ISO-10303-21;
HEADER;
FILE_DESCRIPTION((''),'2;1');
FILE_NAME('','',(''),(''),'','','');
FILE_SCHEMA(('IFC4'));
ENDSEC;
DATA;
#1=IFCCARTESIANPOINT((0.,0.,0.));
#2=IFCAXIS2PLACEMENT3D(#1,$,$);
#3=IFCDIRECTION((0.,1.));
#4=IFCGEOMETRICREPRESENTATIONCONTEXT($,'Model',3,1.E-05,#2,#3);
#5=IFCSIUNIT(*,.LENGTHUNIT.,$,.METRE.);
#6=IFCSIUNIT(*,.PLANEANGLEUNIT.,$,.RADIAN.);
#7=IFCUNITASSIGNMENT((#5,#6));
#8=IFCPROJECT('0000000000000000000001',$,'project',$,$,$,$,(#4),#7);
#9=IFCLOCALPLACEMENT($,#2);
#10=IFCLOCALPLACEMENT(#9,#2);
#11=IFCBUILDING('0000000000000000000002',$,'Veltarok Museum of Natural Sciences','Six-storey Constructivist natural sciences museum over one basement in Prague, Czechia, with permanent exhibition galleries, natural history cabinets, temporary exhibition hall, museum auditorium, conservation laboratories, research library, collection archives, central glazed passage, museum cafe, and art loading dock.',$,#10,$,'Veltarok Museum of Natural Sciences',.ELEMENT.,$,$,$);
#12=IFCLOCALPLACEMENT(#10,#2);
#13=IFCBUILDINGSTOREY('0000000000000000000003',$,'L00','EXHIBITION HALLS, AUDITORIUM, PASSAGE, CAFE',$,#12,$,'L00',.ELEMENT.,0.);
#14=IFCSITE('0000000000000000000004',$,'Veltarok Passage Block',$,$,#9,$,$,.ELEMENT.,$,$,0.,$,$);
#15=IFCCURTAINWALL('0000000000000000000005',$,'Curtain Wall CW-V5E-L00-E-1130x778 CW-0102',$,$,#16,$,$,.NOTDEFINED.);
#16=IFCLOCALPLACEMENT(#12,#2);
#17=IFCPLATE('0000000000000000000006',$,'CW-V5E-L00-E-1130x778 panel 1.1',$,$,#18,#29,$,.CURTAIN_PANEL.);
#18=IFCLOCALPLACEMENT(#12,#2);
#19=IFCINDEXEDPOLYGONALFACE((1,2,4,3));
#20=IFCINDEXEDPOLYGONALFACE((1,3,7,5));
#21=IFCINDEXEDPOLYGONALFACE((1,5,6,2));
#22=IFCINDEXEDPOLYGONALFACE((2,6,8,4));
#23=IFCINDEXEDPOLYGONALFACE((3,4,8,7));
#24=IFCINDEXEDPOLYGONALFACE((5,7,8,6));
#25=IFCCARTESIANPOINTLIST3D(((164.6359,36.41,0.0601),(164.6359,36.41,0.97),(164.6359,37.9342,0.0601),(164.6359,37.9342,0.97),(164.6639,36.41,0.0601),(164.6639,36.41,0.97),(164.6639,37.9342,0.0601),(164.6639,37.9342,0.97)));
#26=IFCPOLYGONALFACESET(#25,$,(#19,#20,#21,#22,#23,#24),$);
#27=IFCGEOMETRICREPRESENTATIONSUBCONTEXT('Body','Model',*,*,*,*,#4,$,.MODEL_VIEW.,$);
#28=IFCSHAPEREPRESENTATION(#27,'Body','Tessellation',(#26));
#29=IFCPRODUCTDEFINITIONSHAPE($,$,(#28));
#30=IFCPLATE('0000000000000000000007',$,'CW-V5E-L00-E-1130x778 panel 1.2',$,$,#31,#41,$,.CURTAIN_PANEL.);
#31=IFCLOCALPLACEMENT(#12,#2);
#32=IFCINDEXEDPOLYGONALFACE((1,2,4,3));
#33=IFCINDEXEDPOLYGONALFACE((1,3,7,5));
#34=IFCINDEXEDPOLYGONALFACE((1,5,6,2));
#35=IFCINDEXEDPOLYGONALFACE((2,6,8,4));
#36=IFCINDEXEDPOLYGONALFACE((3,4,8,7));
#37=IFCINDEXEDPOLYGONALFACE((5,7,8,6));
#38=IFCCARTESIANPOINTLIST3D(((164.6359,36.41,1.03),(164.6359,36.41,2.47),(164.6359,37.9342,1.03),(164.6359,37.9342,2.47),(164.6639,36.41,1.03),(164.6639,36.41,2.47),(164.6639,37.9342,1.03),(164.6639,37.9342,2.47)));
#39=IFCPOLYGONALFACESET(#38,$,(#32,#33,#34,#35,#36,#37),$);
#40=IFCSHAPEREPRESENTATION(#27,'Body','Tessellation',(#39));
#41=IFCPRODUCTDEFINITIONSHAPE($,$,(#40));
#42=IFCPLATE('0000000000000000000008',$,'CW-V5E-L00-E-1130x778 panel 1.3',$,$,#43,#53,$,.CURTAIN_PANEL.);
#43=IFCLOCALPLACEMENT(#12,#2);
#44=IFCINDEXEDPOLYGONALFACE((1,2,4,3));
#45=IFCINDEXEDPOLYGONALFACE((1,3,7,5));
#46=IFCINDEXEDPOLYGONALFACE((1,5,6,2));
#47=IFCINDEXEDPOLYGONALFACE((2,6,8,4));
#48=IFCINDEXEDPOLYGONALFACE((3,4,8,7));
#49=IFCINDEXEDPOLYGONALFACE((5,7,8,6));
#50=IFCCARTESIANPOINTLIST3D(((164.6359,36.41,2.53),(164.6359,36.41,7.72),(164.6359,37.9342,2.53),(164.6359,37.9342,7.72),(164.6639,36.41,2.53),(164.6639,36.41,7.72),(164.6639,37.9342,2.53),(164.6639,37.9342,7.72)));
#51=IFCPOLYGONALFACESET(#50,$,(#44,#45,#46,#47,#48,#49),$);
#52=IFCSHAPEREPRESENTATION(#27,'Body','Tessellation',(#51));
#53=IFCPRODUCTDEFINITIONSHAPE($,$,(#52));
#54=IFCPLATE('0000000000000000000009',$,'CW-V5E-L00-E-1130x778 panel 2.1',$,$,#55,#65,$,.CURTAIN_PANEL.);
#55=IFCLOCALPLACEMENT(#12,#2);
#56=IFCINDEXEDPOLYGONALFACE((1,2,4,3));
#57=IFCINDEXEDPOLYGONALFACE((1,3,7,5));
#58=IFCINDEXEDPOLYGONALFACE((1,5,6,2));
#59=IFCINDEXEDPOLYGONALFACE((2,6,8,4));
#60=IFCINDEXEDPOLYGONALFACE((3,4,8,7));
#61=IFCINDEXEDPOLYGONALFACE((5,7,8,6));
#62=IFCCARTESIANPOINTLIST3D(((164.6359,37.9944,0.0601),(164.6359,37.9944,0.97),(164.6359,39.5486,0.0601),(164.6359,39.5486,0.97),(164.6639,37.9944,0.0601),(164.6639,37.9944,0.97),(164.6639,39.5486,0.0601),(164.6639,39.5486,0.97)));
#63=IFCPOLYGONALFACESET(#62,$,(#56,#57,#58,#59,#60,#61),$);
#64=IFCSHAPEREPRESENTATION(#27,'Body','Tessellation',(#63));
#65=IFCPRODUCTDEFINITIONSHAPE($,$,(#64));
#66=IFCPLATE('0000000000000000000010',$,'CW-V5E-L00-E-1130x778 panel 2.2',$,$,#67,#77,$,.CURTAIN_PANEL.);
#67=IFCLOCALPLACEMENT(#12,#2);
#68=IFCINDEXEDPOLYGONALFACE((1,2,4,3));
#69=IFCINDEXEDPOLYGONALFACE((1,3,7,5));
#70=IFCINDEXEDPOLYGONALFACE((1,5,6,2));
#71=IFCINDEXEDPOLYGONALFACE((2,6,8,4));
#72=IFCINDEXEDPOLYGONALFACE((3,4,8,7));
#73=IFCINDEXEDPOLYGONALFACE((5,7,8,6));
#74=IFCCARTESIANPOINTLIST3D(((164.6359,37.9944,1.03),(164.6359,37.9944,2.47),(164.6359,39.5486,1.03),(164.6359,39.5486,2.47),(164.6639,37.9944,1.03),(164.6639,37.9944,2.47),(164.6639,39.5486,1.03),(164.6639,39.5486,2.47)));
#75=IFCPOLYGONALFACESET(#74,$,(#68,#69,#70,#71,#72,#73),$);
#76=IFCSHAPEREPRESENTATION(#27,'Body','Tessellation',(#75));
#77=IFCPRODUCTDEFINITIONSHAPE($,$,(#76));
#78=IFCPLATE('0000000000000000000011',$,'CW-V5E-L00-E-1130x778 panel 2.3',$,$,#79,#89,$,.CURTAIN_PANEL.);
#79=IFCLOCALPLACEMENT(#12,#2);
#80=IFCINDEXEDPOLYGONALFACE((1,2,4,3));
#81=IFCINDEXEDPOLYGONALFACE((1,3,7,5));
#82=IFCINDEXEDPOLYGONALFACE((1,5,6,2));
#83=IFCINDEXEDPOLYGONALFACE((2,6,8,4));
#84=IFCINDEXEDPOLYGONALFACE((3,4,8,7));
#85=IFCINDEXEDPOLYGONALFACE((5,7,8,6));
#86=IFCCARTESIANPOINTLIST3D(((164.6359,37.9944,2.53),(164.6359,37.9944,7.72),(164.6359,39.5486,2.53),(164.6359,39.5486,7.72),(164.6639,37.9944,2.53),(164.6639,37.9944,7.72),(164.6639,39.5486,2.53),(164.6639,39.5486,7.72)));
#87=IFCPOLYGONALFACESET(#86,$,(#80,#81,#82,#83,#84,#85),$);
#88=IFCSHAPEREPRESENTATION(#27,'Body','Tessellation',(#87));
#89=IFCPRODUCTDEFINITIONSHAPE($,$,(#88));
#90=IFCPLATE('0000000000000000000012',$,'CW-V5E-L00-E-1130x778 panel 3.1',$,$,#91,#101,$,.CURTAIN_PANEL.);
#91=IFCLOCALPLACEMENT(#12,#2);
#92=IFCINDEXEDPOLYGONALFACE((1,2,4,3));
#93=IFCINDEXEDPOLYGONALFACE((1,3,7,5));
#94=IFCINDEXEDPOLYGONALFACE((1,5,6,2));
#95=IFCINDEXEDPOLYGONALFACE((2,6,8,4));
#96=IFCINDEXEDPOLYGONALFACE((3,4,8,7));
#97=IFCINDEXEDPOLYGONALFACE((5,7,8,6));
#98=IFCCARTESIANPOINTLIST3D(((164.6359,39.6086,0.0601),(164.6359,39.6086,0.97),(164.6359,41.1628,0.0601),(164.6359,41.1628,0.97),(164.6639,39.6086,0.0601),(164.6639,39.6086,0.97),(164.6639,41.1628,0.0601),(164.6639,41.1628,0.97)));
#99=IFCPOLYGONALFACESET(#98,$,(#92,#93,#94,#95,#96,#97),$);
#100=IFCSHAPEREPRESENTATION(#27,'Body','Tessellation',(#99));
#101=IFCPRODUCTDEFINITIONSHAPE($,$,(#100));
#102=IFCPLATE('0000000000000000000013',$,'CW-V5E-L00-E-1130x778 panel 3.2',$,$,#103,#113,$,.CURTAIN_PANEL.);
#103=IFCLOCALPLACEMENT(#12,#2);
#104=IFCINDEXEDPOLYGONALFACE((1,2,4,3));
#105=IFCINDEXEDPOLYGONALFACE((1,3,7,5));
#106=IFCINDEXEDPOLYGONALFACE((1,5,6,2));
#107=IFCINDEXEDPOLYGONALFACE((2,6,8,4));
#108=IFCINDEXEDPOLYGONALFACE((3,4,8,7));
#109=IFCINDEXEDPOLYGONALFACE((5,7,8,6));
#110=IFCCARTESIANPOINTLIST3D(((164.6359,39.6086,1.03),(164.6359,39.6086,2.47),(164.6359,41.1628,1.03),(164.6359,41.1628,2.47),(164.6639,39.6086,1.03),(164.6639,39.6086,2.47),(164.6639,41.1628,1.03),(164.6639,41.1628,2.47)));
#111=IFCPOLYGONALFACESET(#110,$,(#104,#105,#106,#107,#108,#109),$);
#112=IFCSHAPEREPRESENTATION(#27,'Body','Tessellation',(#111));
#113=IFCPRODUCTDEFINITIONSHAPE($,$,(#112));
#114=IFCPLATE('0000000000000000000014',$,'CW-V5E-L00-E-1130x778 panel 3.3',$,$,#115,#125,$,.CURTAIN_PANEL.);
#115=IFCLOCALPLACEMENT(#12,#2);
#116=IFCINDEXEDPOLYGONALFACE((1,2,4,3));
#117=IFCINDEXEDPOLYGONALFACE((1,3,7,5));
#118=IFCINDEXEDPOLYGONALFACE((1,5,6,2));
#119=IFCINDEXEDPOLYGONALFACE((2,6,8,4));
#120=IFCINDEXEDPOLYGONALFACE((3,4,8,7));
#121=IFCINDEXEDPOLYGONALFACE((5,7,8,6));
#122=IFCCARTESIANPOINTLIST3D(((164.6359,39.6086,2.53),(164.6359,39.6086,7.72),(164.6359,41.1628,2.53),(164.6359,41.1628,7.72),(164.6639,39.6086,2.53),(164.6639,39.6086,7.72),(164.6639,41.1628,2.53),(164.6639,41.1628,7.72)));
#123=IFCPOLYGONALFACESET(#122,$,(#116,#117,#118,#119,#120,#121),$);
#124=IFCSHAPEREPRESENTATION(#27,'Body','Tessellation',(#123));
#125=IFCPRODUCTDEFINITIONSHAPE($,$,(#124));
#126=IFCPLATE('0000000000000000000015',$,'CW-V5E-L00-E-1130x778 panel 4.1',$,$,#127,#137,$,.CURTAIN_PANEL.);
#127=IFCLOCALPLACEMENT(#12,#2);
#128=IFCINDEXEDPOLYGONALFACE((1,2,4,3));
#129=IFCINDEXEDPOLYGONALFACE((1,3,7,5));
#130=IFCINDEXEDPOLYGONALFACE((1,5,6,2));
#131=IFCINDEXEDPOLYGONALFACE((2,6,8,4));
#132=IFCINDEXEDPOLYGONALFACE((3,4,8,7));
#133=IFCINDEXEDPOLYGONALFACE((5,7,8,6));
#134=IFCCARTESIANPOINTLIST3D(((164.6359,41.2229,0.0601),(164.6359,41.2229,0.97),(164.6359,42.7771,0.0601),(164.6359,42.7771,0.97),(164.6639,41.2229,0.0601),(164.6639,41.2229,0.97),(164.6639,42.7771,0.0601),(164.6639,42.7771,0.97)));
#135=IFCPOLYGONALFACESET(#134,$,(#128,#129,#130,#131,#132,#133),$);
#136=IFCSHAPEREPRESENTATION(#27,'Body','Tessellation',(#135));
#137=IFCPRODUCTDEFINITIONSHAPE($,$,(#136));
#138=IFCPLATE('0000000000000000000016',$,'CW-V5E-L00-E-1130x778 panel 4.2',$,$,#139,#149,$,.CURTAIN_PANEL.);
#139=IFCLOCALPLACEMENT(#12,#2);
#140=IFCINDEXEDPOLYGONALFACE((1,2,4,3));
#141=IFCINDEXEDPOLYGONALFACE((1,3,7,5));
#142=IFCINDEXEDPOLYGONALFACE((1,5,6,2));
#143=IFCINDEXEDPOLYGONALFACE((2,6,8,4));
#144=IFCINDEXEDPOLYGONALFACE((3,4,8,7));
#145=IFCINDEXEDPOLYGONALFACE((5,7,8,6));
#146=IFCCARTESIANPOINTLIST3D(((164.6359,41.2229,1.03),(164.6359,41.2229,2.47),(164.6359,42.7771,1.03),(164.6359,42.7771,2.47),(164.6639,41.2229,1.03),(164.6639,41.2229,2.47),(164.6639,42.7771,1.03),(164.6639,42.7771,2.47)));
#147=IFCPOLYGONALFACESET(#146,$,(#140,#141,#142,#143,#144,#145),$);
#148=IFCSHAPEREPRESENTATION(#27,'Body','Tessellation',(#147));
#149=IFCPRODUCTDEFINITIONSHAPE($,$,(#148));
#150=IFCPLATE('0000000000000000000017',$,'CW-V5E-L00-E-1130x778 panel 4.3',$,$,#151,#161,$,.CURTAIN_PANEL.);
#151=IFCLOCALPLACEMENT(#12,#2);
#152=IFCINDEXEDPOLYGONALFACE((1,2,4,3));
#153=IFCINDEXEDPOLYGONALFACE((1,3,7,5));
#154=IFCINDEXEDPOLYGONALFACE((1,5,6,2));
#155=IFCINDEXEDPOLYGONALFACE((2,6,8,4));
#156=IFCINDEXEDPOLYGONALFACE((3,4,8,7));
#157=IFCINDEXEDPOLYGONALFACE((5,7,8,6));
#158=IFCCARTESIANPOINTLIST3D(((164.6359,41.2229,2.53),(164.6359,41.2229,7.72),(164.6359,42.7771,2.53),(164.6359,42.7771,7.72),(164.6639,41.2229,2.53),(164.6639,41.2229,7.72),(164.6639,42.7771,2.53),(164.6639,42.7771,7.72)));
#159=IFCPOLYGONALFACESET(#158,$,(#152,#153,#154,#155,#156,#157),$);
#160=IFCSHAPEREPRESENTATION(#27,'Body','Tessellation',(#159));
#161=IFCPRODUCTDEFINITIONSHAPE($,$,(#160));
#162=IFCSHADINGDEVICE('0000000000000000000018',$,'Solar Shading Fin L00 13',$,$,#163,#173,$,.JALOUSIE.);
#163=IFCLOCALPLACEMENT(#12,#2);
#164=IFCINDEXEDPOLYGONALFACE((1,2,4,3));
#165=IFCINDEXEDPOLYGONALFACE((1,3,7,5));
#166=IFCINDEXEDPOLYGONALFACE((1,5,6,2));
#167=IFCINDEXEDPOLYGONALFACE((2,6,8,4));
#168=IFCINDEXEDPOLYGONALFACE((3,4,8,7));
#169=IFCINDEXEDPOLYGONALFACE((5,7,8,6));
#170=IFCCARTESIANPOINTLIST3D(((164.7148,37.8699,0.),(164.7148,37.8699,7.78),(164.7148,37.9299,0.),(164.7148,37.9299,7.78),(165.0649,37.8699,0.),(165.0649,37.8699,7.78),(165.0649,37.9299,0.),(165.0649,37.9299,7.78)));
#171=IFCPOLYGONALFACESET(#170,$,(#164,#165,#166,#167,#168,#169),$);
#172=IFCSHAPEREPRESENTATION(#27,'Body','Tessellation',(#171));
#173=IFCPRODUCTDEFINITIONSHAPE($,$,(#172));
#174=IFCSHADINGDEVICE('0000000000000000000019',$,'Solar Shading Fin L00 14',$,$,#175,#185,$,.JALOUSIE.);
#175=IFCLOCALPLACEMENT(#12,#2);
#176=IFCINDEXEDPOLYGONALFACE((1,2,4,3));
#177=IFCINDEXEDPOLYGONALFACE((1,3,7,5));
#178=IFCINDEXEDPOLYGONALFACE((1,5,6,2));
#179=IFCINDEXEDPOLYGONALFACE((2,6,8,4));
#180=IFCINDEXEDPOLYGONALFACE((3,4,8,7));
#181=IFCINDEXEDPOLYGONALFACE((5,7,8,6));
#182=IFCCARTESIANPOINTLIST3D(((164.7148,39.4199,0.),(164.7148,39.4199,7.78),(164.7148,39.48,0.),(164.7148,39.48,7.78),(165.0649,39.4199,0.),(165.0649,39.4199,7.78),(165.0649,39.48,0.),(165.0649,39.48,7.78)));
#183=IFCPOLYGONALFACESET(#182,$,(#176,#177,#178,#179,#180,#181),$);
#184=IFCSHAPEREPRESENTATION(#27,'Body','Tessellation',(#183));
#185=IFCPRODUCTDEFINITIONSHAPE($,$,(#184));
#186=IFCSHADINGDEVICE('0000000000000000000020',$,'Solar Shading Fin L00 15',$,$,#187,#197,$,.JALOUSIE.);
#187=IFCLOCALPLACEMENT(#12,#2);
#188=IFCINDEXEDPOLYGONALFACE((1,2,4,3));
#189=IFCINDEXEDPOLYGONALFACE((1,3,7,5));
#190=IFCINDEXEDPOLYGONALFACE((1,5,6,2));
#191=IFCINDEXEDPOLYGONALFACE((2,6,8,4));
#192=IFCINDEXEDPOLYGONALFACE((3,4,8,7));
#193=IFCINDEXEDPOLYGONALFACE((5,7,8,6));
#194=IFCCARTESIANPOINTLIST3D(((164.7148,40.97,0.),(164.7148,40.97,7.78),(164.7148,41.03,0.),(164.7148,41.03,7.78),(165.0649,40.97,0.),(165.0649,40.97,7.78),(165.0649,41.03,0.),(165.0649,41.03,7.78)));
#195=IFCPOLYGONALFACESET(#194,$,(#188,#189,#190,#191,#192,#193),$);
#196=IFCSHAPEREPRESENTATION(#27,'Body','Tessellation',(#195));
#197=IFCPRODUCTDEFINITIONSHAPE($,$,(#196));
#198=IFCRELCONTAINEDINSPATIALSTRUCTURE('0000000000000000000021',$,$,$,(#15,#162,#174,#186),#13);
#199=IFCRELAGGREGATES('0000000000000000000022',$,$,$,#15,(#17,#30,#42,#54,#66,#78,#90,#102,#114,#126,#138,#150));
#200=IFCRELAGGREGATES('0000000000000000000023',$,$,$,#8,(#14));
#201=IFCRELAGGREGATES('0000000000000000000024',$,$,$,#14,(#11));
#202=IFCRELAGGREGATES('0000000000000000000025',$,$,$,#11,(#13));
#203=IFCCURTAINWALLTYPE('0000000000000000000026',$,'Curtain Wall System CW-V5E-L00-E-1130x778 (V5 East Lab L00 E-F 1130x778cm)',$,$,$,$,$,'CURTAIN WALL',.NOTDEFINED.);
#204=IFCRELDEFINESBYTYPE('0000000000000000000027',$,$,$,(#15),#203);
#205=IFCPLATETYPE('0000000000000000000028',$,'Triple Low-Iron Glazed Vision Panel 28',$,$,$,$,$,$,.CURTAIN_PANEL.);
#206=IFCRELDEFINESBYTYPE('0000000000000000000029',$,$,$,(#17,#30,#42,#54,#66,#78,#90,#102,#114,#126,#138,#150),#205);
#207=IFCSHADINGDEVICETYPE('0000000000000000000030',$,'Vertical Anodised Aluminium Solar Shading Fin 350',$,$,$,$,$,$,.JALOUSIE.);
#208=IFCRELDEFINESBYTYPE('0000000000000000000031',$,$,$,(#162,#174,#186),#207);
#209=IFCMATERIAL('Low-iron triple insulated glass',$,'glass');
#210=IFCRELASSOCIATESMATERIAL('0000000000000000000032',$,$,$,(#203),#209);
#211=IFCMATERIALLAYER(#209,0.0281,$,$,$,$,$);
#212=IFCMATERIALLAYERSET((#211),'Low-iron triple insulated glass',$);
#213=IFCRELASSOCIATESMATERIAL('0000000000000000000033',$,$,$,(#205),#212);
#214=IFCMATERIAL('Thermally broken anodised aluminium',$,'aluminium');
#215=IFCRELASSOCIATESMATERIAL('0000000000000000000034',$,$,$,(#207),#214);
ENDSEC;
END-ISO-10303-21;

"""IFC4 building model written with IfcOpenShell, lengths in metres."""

from ifc_helpers import new_model, si_unit, direction, frame, origin, origin_2d, place, context, subcontext, project, spatial, rectangle, extrude, material, layer, layer_set, type_object, element, aggregate, save


model = new_model("IFC4")

# Units and contexts
model_context = context("Model", 3, precision=1e-05, world=origin(), true_north=direction((0.0, 1.0)))
body_context = subcontext(model_context, "Body", "Model", "MODEL_VIEW")
ifc_project = project(units=[si_unit("LENGTHUNIT", "METRE"), si_unit("PLANEANGLEUNIT", "RADIAN")], contexts=[model_context])

# Site, building, storey
site_placement = place(None, origin())
site = spatial("IfcSite", under=ifc_project, at=site_placement, Name="Veltarok Passage Block", CompositionType="ELEMENT", RefElevation=0.0)
building_placement = place(site_placement, origin())
building = spatial("IfcBuilding", under=site, at=building_placement, Name="Veltarok Museum of Natural Sciences", Description="Six-storey Constructivist natural sciences museum over one basement in Prague, Czechia, with permanent exhibition galleries, natural history cabinets, temporary exhibition hall, museum auditorium, conservation laboratories, research library, collection archives, central glazed passage, museum cafe, and art loading dock.", LongName="Veltarok Museum of Natural Sciences", CompositionType="ELEMENT")
storey_placement = place(building_placement, origin())
storey = spatial("IfcBuildingStorey", under=building, at=storey_placement, Name="L00", Description="EXHIBITION HALLS, AUDITORIUM, PASSAGE, CAFE", LongName="L00", CompositionType="ELEMENT", Elevation=0.0)

# Curtain wall
ifc_material_1 = material(Name="Low-iron triple insulated glass", Category="glass")
curtain_wall_type = type_object("IfcCurtainWallType", Name="Curtain Wall System CW-V5E-L00-E-1130x778 (V5 East Lab L00 E-F 1130x778cm)", ElementType="CURTAIN WALL", PredefinedType="NOTDEFINED", material=ifc_material_1)
curtain_wall_placement = place(storey_placement, origin())
curtain_wall = element("IfcCurtainWall", 1, at=curtain_wall_placement, inside=storey, type_object=curtain_wall_type, Name="Curtain Wall CW-V5E-L00-E-1130x778 CW-0102", PredefinedType="NOTDEFINED")
ifc_material_2 = material(Name="Thermally broken anodised aluminium", Category="aluminium")

# Plates
ifc_layer = layer(ifc_material_1, 0.0281)
ifc_layer_set = layer_set([ifc_layer], Name="Low-iron triple insulated glass")
plate_type = type_object("IfcPlateType", Name="Triple Low-Iron Glazed Vision Panel 28", PredefinedType="CURTAIN_PANEL", material=ifc_layer_set)
plate_1_placement = place(storey_placement, frame((164.6499, 37.1721, 0.0601), z_axis=(0.0, 0.0, 1.0), x_axis=(0.0, 1.0, 0.0)))
plate_1 = element("IfcPlate", 2, at=plate_1_placement, type_object=plate_type, Name="CW-V5E-L00-E-1130x778 panel 1.1", PredefinedType="CURTAIN_PANEL", context=body_context, shape_type="SweptSolid", body=[
    extrude(rectangle(XDim=1.5242, YDim=0.0281, at=origin_2d()), origin(), (0.0, 0.0, 1.0), 0.9099),
])
plate_2_placement = place(storey_placement, frame((164.6499, 37.1721, 1.03), z_axis=(0.0, 0.0, 1.0), x_axis=(0.0, 1.0, 0.0)))
plate_2 = element("IfcPlate", 3, at=plate_2_placement, type_object=plate_type, Name="CW-V5E-L00-E-1130x778 panel 1.2", PredefinedType="CURTAIN_PANEL", context=body_context, shape_type="SweptSolid", body=[
    extrude(rectangle(XDim=1.5242, YDim=0.0281, at=origin_2d()), origin(), (0.0, 0.0, 1.0), 1.4399),
])
plate_3_placement = place(storey_placement, frame((164.6499, 37.1721, 2.53), z_axis=(0.0, 0.0, 1.0), x_axis=(0.0, 1.0, 0.0)))
plate_3 = element("IfcPlate", 4, at=plate_3_placement, type_object=plate_type, Name="CW-V5E-L00-E-1130x778 panel 1.3", PredefinedType="CURTAIN_PANEL", context=body_context, shape_type="SweptSolid", body=[
    extrude(rectangle(XDim=1.5242, YDim=0.0281, at=origin_2d()), origin(), (0.0, 0.0, 1.0), 5.1899),
])
plate_4_placement = place(storey_placement, frame((164.6499, 38.7715, 0.0601), z_axis=(0.0, 0.0, 1.0), x_axis=(0.0, 1.0, 0.0)))
plate_4 = element("IfcPlate", 5, at=plate_4_placement, type_object=plate_type, Name="CW-V5E-L00-E-1130x778 panel 2.1", PredefinedType="CURTAIN_PANEL", context=body_context, shape_type="SweptSolid", body=[
    extrude(rectangle(XDim=1.5542, YDim=0.0281, at=origin_2d()), origin(), (0.0, 0.0, 1.0), 0.9099),
])
plate_5_placement = place(storey_placement, frame((164.6499, 38.7715, 1.03), z_axis=(0.0, 0.0, 1.0), x_axis=(0.0, 1.0, 0.0)))
plate_5 = element("IfcPlate", 6, at=plate_5_placement, type_object=plate_type, Name="CW-V5E-L00-E-1130x778 panel 2.2", PredefinedType="CURTAIN_PANEL", context=body_context, shape_type="SweptSolid", body=[
    extrude(rectangle(XDim=1.5542, YDim=0.0281, at=origin_2d()), origin(), (0.0, 0.0, 1.0), 1.4399),
])
plate_6_placement = place(storey_placement, frame((164.6499, 38.7715, 2.53), z_axis=(0.0, 0.0, 1.0), x_axis=(0.0, 1.0, 0.0)))
plate_6 = element("IfcPlate", 7, at=plate_6_placement, type_object=plate_type, Name="CW-V5E-L00-E-1130x778 panel 2.3", PredefinedType="CURTAIN_PANEL", context=body_context, shape_type="SweptSolid", body=[
    extrude(rectangle(XDim=1.5542, YDim=0.0281, at=origin_2d()), origin(), (0.0, 0.0, 1.0), 5.1899),
])
plate_7_placement = place(storey_placement, frame((164.6499, 40.3857, 0.0601), z_axis=(0.0, 0.0, 1.0), x_axis=(0.0, 1.0, 0.0)))
plate_7 = element("IfcPlate", 8, at=plate_7_placement, type_object=plate_type, Name="CW-V5E-L00-E-1130x778 panel 3.1", PredefinedType="CURTAIN_PANEL", context=body_context, shape_type="SweptSolid", body=[
    extrude(rectangle(XDim=1.5542, YDim=0.0281, at=origin_2d()), origin(), (0.0, 0.0, 1.0), 0.9099),
])
plate_8_placement = place(storey_placement, frame((164.6499, 40.3857, 1.03), z_axis=(0.0, 0.0, 1.0), x_axis=(0.0, 1.0, 0.0)))
plate_8 = element("IfcPlate", 9, at=plate_8_placement, type_object=plate_type, Name="CW-V5E-L00-E-1130x778 panel 3.2", PredefinedType="CURTAIN_PANEL", context=body_context, shape_type="SweptSolid", body=[
    extrude(rectangle(XDim=1.5542, YDim=0.0281, at=origin_2d()), origin(), (0.0, 0.0, 1.0), 1.4399),
])
plate_9_placement = place(storey_placement, frame((164.6499, 40.3857, 2.53), z_axis=(0.0, 0.0, 1.0), x_axis=(0.0, 1.0, 0.0)))
plate_9 = element("IfcPlate", 10, at=plate_9_placement, type_object=plate_type, Name="CW-V5E-L00-E-1130x778 panel 3.3", PredefinedType="CURTAIN_PANEL", context=body_context, shape_type="SweptSolid", body=[
    extrude(rectangle(XDim=1.5542, YDim=0.0281, at=origin_2d()), origin(), (0.0, 0.0, 1.0), 5.1899),
])
plate_10_placement = place(storey_placement, frame((164.6499, 42.0, 0.0601), z_axis=(0.0, 0.0, 1.0), x_axis=(0.0, 1.0, 0.0)))
plate_10 = element("IfcPlate", 11, at=plate_10_placement, type_object=plate_type, Name="CW-V5E-L00-E-1130x778 panel 4.1", PredefinedType="CURTAIN_PANEL", context=body_context, shape_type="SweptSolid", body=[
    extrude(rectangle(XDim=1.5542, YDim=0.0281, at=origin_2d()), origin(), (0.0, 0.0, 1.0), 0.9099),
])
plate_11_placement = place(storey_placement, frame((164.6499, 42.0, 1.03), z_axis=(0.0, 0.0, 1.0), x_axis=(0.0, 1.0, 0.0)))
plate_11 = element("IfcPlate", 12, at=plate_11_placement, type_object=plate_type, Name="CW-V5E-L00-E-1130x778 panel 4.2", PredefinedType="CURTAIN_PANEL", context=body_context, shape_type="SweptSolid", body=[
    extrude(rectangle(XDim=1.5542, YDim=0.0281, at=origin_2d()), origin(), (0.0, 0.0, 1.0), 1.4399),
])
plate_12_placement = place(storey_placement, frame((164.6499, 42.0, 2.53), z_axis=(0.0, 0.0, 1.0), x_axis=(0.0, 1.0, 0.0)))
plate_12 = element("IfcPlate", 13, at=plate_12_placement, type_object=plate_type, Name="CW-V5E-L00-E-1130x778 panel 4.3", PredefinedType="CURTAIN_PANEL", context=body_context, shape_type="SweptSolid", body=[
    extrude(rectangle(XDim=1.5542, YDim=0.0281, at=origin_2d()), origin(), (0.0, 0.0, 1.0), 5.1899),
])
aggregate(curtain_wall, [plate_1, plate_2, plate_3, plate_4, plate_5, plate_6, plate_7, plate_8, plate_9, plate_10, plate_11, plate_12])

# Shading devices
shading_device_type = type_object("IfcShadingDeviceType", Name="Vertical Anodised Aluminium Solar Shading Fin 350", PredefinedType="JALOUSIE", material=ifc_material_2)
for number, where, z_axis, x_axis, name in (
    (14, (164.8899, 37.8999, 0.0), (0.0, 0.0, 1.0), (1.0, 0.0, 0.0), "Solar Shading Fin L00 13"),
    (15, (164.8899, 39.45, 0.0), (0.0, 0.0, 1.0), (1.0, 0.0, 0.0), "Solar Shading Fin L00 14"),
    (16, (164.8899, 41.0, 0.0), (0.0, 0.0, 1.0), (1.0, 0.0, 0.0), "Solar Shading Fin L00 15"),
):
    element("IfcShadingDevice", number, at=place(storey_placement, frame(where, z_axis=z_axis, x_axis=x_axis)), inside=storey, type_object=shading_device_type, Name=name, PredefinedType="JALOUSIE", context=body_context, shape_type="SweptSolid", body=[
        extrude(rectangle(XDim=0.3501, YDim=0.0601, at=origin_2d()), origin(), (0.0, 0.0, 1.0), 7.78),
    ])

save(model, "model.ifc")
